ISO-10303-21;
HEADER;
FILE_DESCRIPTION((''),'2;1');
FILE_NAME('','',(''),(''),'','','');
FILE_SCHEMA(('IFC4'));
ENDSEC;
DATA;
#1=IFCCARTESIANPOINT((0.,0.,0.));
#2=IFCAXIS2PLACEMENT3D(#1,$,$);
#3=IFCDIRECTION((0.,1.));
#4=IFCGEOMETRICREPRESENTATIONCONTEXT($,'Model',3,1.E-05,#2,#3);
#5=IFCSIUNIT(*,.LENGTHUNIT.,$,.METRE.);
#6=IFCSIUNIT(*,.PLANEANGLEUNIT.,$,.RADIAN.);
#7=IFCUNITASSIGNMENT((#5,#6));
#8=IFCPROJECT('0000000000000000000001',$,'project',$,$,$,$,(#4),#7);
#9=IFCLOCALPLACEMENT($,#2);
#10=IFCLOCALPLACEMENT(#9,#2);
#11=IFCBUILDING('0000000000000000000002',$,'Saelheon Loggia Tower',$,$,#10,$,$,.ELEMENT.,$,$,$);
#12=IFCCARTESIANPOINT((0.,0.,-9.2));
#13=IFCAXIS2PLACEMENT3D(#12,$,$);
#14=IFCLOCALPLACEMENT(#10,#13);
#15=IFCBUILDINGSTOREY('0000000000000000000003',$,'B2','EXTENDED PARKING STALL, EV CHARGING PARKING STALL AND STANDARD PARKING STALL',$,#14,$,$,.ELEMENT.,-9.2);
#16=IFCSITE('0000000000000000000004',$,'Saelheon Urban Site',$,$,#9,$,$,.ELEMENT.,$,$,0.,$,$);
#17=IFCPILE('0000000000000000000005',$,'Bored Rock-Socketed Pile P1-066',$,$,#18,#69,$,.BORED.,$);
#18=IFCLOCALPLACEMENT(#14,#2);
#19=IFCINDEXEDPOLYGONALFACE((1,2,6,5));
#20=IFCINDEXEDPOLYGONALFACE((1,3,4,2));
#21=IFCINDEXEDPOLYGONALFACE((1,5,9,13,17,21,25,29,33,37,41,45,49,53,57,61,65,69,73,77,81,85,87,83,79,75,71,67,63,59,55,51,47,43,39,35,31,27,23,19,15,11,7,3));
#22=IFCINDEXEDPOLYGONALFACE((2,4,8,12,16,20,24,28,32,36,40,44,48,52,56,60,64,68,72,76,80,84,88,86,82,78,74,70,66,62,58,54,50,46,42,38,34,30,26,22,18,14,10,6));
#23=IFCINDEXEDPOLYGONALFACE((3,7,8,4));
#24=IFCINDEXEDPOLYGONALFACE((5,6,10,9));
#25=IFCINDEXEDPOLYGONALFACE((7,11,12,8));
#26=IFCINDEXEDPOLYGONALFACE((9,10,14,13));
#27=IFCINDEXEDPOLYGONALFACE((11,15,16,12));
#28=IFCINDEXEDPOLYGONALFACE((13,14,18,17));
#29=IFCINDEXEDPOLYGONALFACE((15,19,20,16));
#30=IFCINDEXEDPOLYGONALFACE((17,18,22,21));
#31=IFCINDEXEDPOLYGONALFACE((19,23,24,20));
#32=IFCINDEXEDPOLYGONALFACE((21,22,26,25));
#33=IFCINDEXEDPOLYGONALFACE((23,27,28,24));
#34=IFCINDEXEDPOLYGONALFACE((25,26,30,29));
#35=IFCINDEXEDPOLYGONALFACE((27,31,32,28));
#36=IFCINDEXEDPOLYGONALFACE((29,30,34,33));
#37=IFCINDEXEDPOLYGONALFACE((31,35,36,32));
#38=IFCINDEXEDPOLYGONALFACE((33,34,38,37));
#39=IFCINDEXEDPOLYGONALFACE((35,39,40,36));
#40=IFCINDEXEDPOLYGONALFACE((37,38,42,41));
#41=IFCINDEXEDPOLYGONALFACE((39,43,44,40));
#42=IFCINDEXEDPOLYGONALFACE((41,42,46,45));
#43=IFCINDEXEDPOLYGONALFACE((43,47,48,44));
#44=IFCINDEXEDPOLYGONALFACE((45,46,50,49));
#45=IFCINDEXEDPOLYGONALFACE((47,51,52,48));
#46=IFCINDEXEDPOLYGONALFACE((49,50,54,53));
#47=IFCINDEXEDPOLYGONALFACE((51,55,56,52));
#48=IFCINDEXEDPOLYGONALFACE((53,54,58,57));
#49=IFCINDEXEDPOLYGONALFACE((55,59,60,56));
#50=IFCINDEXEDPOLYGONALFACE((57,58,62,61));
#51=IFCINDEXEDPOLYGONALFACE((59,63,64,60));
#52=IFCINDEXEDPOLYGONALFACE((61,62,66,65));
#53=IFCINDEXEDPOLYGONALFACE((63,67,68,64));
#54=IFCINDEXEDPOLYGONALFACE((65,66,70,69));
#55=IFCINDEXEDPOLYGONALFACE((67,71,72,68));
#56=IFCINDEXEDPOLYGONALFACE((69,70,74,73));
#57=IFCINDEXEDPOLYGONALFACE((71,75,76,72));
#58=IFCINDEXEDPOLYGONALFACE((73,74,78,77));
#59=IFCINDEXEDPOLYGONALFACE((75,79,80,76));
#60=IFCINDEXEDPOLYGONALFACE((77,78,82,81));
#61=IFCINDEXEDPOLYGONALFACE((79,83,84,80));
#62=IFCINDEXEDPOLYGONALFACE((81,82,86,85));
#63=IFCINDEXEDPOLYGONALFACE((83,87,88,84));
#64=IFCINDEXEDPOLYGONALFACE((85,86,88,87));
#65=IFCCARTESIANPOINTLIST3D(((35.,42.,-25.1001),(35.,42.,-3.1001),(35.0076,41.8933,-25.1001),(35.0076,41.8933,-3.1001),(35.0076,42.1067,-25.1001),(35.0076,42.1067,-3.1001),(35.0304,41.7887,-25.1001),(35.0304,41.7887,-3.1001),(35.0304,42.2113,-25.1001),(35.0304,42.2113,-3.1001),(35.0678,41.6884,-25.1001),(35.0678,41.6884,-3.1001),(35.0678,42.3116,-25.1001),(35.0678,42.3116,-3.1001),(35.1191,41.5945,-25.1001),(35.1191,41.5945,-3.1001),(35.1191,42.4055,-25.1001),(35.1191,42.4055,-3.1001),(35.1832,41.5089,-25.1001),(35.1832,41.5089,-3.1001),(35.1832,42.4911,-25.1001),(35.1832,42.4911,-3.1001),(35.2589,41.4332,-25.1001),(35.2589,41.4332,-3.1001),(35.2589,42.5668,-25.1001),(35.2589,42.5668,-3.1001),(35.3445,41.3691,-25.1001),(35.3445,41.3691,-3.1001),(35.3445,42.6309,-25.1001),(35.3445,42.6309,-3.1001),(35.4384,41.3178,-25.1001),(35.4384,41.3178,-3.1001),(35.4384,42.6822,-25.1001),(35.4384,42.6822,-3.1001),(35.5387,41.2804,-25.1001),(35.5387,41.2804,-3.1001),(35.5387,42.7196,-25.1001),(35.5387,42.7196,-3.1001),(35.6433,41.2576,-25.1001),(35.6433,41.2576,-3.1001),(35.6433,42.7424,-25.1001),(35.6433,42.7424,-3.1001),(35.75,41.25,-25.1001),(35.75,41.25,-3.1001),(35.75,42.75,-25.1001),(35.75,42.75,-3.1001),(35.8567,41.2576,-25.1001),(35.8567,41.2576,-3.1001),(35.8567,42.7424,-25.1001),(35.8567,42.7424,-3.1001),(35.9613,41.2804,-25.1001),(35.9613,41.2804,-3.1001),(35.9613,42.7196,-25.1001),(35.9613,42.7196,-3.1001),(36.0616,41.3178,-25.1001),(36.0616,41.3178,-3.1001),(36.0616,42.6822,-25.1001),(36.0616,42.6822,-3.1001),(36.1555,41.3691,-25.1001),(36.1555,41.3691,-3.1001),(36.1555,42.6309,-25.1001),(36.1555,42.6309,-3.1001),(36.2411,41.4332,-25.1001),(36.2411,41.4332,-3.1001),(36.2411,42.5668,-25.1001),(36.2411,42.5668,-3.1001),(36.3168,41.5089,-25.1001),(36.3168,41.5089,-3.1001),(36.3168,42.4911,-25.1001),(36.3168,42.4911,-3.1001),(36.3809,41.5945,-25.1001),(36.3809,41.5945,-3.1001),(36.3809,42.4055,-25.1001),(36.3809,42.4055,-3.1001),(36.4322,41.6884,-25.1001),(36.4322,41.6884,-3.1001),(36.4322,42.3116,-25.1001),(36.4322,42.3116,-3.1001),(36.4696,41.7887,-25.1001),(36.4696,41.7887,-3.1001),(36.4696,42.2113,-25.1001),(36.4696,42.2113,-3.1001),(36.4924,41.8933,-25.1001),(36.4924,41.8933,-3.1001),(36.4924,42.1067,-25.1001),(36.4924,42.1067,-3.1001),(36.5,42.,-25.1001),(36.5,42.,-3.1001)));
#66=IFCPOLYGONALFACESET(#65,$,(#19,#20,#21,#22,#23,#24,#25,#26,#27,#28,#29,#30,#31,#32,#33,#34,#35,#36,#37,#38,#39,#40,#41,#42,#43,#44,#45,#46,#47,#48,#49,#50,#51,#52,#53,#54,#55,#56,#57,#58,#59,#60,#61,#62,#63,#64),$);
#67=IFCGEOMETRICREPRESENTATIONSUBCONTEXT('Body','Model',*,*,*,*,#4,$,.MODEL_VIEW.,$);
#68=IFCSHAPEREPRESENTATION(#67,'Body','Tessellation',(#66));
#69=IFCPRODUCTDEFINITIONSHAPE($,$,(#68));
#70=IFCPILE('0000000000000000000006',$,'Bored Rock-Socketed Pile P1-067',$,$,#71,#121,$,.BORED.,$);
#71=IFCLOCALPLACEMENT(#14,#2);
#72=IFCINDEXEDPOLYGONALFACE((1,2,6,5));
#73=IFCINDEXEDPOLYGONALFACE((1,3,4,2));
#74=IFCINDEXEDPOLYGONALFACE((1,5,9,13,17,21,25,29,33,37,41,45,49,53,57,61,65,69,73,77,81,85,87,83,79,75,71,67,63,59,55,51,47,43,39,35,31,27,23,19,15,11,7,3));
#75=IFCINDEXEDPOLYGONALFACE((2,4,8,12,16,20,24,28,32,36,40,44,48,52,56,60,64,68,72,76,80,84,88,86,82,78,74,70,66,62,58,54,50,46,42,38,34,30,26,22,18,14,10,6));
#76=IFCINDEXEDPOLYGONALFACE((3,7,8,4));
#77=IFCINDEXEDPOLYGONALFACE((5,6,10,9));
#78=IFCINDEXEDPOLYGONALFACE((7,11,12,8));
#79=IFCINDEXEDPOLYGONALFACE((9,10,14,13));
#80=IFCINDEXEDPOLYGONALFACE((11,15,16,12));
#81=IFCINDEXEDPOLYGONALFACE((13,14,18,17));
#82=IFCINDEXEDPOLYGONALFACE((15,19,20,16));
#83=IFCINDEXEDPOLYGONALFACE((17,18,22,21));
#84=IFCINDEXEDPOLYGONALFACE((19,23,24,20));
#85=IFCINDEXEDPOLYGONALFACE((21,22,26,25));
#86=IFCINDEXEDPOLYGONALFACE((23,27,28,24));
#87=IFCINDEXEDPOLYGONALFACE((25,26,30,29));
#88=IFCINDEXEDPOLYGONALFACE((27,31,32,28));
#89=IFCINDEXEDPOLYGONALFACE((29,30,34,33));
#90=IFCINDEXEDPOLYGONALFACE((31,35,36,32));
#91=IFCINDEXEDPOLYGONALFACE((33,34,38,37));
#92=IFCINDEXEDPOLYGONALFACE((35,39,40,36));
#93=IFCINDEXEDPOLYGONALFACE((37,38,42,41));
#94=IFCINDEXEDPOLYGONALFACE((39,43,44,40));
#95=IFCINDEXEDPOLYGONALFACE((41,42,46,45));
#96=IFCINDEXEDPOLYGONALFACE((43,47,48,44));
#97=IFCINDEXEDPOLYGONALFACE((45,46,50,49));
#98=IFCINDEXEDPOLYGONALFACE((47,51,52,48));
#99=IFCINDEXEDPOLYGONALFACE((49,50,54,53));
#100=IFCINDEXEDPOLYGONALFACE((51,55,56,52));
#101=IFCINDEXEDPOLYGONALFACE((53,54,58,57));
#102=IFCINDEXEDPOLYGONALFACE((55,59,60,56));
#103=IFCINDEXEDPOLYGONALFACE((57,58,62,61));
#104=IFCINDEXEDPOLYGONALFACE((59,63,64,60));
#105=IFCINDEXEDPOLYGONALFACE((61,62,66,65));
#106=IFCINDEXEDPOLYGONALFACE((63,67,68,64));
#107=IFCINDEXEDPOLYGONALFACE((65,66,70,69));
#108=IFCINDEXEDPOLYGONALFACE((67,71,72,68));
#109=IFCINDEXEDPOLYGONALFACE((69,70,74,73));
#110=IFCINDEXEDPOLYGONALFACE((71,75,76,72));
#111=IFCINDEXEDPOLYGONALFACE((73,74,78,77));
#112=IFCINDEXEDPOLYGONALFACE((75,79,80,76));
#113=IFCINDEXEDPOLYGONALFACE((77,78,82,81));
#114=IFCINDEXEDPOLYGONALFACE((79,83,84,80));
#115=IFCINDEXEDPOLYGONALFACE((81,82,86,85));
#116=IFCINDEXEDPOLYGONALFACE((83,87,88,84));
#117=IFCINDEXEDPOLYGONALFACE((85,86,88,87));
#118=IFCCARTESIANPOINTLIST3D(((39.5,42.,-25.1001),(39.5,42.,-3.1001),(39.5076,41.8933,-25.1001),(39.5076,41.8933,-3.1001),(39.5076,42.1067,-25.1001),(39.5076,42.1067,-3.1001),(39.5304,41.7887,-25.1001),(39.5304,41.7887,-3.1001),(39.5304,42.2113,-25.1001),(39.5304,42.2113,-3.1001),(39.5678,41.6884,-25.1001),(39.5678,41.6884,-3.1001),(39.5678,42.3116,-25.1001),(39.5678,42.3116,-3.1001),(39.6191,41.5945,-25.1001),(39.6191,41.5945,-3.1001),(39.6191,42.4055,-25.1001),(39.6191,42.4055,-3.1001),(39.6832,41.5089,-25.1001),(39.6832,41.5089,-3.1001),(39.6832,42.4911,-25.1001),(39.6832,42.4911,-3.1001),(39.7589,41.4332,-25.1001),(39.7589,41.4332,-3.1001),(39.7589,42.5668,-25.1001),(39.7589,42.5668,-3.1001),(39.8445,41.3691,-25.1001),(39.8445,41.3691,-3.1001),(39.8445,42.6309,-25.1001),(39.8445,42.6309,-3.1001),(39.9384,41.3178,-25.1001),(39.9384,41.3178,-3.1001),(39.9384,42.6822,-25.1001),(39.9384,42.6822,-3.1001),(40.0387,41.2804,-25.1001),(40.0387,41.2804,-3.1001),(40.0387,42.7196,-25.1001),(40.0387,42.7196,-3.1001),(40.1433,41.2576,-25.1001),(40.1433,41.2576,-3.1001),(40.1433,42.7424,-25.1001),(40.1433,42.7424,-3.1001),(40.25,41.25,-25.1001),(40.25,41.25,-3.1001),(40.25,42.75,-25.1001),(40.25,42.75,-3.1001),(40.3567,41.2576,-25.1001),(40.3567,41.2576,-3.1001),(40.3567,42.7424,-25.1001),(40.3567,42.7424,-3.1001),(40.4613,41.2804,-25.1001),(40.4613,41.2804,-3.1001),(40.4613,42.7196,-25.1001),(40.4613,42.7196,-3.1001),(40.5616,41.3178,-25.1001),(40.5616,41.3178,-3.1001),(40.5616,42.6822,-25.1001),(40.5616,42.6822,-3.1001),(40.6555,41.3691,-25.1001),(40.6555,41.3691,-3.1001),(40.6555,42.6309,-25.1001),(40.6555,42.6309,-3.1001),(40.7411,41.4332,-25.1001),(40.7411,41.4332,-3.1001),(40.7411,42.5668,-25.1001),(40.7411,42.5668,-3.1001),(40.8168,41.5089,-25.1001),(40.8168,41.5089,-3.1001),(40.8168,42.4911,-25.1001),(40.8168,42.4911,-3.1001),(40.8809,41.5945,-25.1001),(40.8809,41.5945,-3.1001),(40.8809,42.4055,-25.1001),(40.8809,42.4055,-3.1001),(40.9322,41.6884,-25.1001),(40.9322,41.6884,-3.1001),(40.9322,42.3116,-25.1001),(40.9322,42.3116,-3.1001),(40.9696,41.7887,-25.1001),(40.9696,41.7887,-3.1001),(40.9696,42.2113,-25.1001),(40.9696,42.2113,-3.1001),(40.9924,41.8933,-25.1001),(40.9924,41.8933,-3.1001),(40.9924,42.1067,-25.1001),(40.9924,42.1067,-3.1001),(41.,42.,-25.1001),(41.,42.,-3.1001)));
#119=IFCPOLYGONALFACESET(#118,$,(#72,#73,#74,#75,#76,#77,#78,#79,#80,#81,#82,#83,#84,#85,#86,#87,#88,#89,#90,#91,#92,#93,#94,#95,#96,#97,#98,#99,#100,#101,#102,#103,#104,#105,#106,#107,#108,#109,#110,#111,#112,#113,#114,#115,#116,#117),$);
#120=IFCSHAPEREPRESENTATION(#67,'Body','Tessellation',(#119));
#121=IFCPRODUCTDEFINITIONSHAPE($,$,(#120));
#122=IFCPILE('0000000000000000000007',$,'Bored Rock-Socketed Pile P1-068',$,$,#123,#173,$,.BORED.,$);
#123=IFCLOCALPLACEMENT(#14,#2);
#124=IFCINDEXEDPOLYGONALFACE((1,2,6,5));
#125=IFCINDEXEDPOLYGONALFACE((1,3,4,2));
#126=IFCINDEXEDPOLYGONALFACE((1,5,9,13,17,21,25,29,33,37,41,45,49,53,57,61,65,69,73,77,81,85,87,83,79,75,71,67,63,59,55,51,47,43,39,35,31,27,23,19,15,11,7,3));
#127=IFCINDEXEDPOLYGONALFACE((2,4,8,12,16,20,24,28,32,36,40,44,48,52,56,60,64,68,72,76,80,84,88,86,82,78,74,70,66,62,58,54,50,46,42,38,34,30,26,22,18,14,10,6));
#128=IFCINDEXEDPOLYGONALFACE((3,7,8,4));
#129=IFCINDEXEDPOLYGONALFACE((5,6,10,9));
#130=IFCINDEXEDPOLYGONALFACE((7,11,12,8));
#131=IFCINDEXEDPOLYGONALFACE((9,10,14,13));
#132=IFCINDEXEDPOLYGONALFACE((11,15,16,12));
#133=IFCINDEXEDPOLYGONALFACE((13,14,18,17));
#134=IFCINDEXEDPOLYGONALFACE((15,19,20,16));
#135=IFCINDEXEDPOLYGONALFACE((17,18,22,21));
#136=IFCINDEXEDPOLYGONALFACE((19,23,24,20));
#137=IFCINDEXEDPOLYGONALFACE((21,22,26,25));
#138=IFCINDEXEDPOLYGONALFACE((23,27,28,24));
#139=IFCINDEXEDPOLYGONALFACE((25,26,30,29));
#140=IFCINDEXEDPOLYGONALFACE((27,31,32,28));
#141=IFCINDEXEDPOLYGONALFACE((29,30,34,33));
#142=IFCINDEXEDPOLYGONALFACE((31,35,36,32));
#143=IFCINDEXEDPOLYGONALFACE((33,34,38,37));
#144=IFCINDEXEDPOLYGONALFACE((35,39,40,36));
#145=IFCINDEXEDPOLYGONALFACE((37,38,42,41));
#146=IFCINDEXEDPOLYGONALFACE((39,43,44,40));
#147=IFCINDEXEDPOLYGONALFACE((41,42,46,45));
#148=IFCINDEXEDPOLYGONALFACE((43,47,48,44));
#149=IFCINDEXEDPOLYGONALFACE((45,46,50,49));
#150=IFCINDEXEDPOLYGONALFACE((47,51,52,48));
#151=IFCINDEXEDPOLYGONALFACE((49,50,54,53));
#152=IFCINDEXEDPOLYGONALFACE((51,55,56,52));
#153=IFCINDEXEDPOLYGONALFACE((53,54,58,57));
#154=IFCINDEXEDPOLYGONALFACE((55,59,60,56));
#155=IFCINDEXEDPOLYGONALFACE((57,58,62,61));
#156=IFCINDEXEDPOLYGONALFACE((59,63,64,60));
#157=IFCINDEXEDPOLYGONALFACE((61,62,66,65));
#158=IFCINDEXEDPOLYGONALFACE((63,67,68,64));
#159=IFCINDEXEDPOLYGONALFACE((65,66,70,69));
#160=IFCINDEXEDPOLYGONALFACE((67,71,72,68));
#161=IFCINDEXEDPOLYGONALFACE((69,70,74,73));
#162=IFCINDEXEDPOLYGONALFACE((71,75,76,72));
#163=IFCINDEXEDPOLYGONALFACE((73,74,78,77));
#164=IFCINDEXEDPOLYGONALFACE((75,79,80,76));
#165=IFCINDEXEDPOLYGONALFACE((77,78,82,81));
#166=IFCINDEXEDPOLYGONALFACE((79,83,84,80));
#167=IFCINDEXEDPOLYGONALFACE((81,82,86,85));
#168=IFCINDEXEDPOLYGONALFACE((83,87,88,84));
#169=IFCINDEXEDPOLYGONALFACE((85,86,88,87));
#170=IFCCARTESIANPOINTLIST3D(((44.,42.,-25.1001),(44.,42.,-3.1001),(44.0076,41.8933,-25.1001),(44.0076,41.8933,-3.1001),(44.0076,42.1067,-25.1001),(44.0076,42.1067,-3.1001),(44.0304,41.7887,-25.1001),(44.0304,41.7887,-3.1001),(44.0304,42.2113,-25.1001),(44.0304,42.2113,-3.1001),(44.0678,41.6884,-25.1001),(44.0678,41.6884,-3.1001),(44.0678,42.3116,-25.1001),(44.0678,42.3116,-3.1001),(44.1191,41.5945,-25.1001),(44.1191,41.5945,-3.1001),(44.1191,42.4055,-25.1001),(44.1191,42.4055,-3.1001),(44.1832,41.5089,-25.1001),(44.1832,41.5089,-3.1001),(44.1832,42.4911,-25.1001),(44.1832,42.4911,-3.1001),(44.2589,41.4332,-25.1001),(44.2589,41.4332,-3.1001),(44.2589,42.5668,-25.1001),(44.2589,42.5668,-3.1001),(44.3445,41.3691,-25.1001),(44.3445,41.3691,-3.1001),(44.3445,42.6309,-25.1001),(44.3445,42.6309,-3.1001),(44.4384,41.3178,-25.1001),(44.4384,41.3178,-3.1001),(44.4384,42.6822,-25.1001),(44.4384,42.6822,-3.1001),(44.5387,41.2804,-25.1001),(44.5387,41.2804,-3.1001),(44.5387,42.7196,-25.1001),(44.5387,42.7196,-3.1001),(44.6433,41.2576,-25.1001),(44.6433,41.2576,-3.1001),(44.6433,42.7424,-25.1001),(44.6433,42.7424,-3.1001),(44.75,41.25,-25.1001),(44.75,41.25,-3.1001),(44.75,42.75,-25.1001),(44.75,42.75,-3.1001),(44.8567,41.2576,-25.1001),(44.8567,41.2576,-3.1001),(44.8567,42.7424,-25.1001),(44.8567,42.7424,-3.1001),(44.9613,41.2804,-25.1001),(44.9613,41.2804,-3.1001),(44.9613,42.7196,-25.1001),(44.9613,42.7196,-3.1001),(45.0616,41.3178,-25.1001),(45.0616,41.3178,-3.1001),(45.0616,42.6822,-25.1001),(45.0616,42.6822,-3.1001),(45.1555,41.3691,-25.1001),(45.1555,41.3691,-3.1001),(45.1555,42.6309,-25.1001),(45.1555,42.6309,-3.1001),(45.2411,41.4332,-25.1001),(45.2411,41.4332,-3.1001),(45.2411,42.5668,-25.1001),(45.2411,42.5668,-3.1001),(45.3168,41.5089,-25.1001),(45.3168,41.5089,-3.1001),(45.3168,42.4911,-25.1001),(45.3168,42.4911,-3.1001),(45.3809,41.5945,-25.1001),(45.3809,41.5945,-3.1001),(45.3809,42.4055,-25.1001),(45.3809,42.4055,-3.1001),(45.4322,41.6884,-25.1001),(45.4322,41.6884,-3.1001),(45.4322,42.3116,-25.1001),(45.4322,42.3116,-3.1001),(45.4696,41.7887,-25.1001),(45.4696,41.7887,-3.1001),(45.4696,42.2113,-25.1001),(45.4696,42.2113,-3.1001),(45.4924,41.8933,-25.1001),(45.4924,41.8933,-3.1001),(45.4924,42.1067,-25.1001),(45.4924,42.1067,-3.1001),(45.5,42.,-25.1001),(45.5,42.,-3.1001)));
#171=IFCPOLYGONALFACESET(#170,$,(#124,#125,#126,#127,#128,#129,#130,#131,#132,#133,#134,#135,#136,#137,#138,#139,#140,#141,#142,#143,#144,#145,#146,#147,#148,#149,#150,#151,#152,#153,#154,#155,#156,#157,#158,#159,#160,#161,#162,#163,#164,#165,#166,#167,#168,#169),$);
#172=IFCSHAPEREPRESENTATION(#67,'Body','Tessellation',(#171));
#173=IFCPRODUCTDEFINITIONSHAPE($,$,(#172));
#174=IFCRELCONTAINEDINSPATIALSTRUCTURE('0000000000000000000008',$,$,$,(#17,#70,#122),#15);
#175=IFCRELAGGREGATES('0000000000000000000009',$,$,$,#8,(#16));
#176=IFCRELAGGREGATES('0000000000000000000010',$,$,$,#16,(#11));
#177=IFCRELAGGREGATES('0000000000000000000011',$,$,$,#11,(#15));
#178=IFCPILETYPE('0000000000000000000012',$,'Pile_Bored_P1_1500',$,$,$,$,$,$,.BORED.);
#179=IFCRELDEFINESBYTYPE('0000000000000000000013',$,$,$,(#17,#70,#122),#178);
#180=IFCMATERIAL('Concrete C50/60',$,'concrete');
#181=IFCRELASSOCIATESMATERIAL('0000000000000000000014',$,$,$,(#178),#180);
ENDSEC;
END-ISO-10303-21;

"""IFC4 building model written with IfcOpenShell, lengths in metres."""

from ifc_helpers import new_model, si_unit, direction, frame, origin, origin_2d, place, context, subcontext, project, spatial, circle, extrude, source, transform, mapped, material, material_profile, profile_set, type_object, element, save


model = new_model("IFC4")

# Units and contexts
model_context = context("Model", 3, precision=1e-05, world=origin(), true_north=direction((0.0, 1.0)))
body_context = subcontext(model_context, "Body", "Model", "MODEL_VIEW")
ifc_project = project(units=[si_unit("LENGTHUNIT", "METRE"), si_unit("PLANEANGLEUNIT", "RADIAN")], contexts=[model_context])

# Site, building, storey
site_placement = place(None, origin())
site = spatial("IfcSite", under=ifc_project, at=site_placement, Name="Saelheon Urban Site", CompositionType="ELEMENT", RefElevation=0.0)
building_placement = place(site_placement, origin())
building = spatial("IfcBuilding", under=site, at=building_placement, Name="Saelheon Loggia Tower", CompositionType="ELEMENT")
storey_placement = place(building_placement, frame((0.0, 0.0, -9.2)))
storey = spatial("IfcBuildingStorey", under=building, at=storey_placement, Name="B2", Description="EXTENDED PARKING STALL, EV CHARGING PARKING STALL AND STANDARD PARKING STALL", CompositionType="ELEMENT", Elevation=-9.2)

# Piles
ifc_material_1 = material(Name="Concrete C50/60", Category="concrete")
ifc_material_profile_1 = material_profile(ifc_material_1, circle(Radius=0.75, at=origin_2d()), Name="CIRC-1500")
ifc_profile_set_1 = profile_set([ifc_material_profile_1], Name="Concrete C50/60")
pile_type = type_object("IfcPileType", Name="Pile_Bored_P1_1500", PredefinedType="BORED", material=ifc_profile_set_1)
shared_shape_1 = source(origin(), body_context, "Body", "SweptSolid", [
    extrude(circle(Radius=0.75, at=origin_2d()), origin(), (0.0, 0.0, 1.0), 22.0),
])
for number, where, z_axis, x_axis, name in (
    (1, (35.75, 42.0, -3.1001), (0.0, 0.0, -1.0), (1.0, 0.0, 0.0), "Bored Rock-Socketed Pile P1-066"),
    (2, (40.25, 42.0, -3.1001), (0.0, 0.0, -1.0), (1.0, 0.0, 0.0), "Bored Rock-Socketed Pile P1-067"),
    (3, (44.75, 42.0, -3.1001), (0.0, 0.0, -1.0), (1.0, 0.0, 0.0), "Bored Rock-Socketed Pile P1-068"),
):
    element("IfcPile", number, at=place(storey_placement, frame(where, z_axis=z_axis, x_axis=x_axis)), inside=storey, type_object=pile_type, Name=name, PredefinedType="BORED", context=body_context, shape_type="MappedRepresentation", body=[
        mapped(shared_shape_1, transform((0.0, 0.0, 0.0), scale=1.0)),
    ])

save(model, "model.ifc")
